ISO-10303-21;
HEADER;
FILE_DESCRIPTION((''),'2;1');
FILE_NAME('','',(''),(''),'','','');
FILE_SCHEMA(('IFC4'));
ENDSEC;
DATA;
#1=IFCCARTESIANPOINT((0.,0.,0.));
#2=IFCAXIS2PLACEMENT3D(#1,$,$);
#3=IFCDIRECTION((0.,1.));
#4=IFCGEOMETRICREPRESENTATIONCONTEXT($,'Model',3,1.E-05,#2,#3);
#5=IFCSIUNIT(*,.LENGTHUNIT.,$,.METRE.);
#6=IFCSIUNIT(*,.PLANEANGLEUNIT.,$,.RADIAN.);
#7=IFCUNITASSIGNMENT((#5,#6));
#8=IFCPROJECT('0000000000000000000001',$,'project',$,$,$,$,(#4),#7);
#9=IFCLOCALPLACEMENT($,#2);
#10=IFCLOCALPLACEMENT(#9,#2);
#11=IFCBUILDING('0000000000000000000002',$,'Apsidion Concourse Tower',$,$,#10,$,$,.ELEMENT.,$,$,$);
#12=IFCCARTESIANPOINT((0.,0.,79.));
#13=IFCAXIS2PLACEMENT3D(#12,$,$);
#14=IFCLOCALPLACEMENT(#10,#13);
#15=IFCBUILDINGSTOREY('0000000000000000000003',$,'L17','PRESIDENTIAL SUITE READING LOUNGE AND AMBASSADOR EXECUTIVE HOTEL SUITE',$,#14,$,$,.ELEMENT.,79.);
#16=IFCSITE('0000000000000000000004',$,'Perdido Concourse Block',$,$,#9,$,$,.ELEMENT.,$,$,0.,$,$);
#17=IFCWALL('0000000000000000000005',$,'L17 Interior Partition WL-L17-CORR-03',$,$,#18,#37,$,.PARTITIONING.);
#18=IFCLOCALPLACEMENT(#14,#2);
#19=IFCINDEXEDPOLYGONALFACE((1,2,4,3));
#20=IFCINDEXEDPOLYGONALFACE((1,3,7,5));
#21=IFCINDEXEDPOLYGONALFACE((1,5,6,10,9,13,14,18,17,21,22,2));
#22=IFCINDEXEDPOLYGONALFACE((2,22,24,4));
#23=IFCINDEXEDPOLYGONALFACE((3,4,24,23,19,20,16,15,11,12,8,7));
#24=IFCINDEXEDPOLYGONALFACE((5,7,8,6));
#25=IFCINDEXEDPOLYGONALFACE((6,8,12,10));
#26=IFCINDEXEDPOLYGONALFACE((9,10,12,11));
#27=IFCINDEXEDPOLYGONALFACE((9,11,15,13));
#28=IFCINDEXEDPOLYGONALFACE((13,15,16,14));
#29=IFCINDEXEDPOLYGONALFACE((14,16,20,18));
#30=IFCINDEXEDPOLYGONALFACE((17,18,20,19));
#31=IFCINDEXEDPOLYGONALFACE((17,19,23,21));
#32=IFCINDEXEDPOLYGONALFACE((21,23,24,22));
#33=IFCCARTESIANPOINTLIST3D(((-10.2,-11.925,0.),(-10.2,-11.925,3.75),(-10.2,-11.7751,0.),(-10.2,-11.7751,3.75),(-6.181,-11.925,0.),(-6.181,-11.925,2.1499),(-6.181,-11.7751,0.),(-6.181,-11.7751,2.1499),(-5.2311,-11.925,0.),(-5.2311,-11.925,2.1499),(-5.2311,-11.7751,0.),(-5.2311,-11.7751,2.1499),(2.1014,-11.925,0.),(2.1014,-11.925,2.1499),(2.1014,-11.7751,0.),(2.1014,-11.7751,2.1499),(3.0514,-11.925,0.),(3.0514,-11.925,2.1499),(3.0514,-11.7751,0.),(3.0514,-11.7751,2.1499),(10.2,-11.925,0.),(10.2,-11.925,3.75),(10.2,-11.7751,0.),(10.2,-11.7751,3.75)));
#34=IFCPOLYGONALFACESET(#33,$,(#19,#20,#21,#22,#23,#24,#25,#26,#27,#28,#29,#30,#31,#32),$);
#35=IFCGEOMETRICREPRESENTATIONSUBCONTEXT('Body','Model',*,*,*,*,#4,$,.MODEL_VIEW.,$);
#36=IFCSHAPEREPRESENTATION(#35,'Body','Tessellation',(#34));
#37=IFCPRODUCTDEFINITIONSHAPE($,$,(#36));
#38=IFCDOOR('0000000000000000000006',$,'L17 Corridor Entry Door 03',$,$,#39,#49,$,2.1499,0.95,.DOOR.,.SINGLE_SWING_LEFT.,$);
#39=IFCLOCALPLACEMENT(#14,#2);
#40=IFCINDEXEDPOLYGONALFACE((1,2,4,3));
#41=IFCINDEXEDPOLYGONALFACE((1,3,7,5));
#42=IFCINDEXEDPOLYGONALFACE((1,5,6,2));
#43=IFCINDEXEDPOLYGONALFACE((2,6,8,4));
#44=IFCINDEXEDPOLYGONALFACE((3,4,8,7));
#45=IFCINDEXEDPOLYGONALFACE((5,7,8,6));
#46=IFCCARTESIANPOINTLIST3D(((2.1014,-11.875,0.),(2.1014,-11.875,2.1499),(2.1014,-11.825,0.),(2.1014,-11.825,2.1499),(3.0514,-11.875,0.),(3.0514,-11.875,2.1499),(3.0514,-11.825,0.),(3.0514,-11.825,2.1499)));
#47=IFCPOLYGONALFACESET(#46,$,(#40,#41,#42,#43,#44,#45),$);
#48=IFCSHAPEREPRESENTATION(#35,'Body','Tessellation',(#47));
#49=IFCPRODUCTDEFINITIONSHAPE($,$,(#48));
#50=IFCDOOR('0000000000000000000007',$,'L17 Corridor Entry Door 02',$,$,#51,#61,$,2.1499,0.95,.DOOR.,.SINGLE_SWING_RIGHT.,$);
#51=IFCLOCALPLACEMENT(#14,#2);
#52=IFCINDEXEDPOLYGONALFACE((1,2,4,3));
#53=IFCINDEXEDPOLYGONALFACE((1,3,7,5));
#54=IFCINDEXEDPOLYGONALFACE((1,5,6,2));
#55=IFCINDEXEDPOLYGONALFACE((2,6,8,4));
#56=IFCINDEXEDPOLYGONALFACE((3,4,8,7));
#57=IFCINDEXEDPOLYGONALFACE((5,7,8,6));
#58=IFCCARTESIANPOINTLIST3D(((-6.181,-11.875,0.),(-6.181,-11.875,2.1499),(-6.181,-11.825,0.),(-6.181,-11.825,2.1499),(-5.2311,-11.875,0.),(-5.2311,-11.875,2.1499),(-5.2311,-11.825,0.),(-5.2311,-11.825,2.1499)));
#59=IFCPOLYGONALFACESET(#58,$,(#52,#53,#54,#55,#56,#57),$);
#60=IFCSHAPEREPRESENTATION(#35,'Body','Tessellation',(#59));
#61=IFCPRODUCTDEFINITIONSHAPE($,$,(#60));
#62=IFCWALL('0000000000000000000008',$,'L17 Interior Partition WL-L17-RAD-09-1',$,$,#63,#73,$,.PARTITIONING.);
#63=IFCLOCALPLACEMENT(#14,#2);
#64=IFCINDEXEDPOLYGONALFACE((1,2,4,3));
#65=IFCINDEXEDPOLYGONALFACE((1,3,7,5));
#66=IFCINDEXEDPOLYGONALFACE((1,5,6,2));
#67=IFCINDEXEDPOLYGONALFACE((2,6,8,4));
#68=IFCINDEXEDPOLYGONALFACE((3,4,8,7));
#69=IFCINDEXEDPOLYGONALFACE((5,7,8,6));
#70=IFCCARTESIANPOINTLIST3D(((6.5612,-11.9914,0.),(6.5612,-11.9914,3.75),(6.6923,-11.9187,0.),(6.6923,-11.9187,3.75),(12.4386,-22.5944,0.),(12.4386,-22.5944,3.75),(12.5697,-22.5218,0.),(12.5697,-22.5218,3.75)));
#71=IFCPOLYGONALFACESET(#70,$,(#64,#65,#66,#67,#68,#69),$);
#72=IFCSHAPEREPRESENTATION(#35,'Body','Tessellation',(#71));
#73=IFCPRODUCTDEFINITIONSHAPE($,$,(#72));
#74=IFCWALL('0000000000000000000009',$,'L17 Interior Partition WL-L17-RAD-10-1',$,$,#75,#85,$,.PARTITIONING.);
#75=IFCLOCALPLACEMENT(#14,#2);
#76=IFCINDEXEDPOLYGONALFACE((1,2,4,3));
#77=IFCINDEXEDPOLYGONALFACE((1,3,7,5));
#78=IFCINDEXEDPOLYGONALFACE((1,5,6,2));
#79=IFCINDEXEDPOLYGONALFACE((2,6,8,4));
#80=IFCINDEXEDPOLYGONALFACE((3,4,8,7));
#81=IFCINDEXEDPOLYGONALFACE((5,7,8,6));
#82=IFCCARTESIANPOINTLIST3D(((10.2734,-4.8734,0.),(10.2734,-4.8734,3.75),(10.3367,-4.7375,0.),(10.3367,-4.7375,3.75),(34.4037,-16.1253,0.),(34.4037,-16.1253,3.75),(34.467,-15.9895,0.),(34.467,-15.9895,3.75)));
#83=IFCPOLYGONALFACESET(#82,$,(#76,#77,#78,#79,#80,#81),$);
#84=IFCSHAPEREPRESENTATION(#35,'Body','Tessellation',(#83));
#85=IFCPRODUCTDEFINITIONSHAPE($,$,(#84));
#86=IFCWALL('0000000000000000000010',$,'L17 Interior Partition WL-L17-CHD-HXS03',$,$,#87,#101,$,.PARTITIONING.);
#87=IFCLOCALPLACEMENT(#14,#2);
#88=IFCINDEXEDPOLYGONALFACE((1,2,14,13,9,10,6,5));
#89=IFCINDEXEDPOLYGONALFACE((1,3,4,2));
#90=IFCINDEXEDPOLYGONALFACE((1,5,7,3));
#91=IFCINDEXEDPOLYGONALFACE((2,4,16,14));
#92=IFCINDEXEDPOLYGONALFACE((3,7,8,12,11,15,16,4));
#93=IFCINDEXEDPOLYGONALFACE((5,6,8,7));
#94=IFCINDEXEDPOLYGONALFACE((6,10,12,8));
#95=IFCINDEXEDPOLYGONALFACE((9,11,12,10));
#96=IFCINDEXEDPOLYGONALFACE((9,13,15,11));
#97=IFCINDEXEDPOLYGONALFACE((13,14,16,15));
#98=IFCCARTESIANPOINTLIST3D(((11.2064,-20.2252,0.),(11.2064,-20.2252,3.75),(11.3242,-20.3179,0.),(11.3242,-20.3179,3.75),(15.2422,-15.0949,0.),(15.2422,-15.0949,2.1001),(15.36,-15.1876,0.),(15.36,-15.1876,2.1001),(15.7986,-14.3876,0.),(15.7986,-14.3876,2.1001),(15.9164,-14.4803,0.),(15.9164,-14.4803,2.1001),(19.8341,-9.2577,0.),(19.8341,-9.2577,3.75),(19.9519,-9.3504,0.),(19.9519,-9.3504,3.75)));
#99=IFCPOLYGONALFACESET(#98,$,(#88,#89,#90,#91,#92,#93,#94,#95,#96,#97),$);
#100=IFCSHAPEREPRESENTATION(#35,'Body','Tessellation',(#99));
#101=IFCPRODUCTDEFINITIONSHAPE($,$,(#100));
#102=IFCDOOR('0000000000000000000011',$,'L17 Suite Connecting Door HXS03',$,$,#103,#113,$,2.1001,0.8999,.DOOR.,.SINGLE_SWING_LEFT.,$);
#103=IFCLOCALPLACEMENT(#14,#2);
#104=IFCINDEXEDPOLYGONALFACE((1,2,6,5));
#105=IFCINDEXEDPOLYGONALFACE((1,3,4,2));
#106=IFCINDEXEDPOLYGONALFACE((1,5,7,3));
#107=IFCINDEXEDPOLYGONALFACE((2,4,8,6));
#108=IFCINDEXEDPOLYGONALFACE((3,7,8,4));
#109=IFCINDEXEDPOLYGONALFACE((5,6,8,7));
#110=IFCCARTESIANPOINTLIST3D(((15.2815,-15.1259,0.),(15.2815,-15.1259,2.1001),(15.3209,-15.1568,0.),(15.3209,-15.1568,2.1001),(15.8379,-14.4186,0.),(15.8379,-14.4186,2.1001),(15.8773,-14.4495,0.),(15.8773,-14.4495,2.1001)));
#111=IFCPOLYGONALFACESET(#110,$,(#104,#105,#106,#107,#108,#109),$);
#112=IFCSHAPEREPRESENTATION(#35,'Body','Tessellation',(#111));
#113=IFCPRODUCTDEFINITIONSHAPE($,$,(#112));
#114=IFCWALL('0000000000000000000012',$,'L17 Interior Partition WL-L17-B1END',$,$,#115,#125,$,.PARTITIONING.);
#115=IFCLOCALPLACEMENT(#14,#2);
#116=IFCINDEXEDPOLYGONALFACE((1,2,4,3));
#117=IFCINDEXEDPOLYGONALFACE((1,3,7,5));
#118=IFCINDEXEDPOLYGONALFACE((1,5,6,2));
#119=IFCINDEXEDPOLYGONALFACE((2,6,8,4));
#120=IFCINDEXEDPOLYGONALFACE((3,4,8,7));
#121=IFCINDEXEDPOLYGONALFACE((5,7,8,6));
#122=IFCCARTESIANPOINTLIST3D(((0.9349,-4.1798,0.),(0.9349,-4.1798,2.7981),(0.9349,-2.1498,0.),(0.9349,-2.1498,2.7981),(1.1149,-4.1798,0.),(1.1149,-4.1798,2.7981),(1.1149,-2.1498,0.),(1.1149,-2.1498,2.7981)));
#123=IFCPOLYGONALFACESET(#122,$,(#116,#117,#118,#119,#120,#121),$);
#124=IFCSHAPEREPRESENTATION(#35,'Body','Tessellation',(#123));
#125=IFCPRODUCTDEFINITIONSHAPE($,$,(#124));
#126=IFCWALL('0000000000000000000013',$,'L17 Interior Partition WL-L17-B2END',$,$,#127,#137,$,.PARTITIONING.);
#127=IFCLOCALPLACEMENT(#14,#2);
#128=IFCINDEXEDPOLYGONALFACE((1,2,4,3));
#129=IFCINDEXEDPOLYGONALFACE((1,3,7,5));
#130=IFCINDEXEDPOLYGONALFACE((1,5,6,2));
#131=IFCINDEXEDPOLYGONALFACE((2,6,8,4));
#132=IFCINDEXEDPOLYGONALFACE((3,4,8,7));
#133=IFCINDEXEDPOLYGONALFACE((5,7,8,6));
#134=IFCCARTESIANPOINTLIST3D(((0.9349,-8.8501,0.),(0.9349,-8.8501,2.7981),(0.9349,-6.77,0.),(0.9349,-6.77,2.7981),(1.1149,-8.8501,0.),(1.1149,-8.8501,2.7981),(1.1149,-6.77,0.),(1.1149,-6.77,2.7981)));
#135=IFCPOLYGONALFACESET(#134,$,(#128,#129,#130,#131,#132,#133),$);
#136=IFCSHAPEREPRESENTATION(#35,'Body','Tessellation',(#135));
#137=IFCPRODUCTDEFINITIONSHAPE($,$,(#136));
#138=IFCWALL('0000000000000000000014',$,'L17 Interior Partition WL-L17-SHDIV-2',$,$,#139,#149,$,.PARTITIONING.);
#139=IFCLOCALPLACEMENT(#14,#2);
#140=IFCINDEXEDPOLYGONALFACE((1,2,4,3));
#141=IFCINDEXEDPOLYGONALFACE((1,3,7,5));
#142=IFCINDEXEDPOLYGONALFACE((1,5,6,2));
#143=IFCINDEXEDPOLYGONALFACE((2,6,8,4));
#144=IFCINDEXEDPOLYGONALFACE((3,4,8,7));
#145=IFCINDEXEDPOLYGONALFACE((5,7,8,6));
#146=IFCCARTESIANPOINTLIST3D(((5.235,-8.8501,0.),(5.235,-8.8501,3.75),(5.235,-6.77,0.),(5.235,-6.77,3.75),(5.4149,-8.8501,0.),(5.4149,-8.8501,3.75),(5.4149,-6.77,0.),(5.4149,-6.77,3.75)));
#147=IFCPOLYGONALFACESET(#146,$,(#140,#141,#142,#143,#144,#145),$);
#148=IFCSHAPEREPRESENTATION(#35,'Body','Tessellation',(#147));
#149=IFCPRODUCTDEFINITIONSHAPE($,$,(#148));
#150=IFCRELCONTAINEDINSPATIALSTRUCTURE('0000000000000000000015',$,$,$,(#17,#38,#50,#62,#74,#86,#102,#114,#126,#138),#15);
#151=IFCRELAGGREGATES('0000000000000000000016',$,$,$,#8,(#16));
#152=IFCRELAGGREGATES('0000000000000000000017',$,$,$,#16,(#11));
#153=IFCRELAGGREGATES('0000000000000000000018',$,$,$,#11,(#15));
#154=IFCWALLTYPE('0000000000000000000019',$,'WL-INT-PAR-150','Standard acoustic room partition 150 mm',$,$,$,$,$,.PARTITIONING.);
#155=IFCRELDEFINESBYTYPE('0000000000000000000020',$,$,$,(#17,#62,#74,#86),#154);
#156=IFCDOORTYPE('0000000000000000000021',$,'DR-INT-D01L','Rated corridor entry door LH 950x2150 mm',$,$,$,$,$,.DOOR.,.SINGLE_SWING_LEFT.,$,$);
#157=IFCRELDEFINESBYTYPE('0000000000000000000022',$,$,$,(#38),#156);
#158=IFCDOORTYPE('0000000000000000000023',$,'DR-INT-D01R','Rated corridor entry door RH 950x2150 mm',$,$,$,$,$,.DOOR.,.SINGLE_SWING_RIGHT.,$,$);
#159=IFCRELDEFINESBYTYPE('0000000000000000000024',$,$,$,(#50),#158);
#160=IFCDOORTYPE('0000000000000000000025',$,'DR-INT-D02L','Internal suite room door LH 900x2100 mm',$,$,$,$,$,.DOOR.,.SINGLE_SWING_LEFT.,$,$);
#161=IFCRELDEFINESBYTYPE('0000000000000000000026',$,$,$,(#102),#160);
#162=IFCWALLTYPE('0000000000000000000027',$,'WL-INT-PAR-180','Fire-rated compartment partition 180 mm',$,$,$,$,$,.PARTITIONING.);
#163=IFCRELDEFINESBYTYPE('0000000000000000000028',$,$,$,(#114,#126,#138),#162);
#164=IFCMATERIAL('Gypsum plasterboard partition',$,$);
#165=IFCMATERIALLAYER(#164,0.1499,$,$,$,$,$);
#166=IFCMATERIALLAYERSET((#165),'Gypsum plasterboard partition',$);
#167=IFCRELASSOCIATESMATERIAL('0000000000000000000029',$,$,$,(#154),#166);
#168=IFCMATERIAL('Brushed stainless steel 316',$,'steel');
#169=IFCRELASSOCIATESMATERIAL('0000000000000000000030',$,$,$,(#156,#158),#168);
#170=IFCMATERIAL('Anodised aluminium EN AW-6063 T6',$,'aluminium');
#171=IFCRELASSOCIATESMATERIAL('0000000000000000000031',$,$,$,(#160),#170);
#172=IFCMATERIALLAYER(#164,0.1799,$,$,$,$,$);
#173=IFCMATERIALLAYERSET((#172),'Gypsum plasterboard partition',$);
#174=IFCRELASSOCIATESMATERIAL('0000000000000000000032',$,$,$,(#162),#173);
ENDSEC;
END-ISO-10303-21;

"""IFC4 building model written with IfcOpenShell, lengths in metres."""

from ifc_helpers import new_model, si_unit, direction, frame, frame_2d, origin, place, context, subcontext, project, spatial, rectangle, extrude, material, layer, layer_set, type_object, element, fill, save


model = new_model("IFC4")

# Units and contexts
model_context = context("Model", 3, precision=1e-05, world=origin(), true_north=direction((0.0, 1.0)))
body_context = subcontext(model_context, "Body", "Model", "MODEL_VIEW")
ifc_project = project(units=[si_unit("LENGTHUNIT", "METRE"), si_unit("PLANEANGLEUNIT", "RADIAN")], contexts=[model_context])

# Site, building, storey
site_placement = place(None, origin())
site = spatial("IfcSite", under=ifc_project, at=site_placement, Name="Perdido Concourse Block", CompositionType="ELEMENT", RefElevation=0.0)
building_placement = place(site_placement, origin())
building = spatial("IfcBuilding", under=site, at=building_placement, Name="Apsidion Concourse Tower", CompositionType="ELEMENT")
storey_placement = place(building_placement, frame((0.0, 0.0, 79.0)))
storey = spatial("IfcBuildingStorey", under=building, at=storey_placement, Name="L17", Description="PRESIDENTIAL SUITE READING LOUNGE AND AMBASSADOR EXECUTIVE HOTEL SUITE", CompositionType="ELEMENT", Elevation=79.0)

# Shared definitions
ifc_material_1 = material(Name="Anodised aluminium EN AW-6063 T6", Category="aluminium")

# Shared definitions
ifc_material_2 = material(Name="Gypsum plasterboard partition")
ifc_layer_1 = layer(ifc_material_2, 0.1499)
ifc_layer_set_1 = layer_set([ifc_layer_1], Name="Gypsum plasterboard partition")
wall_type_1 = type_object("IfcWallType", Name="WL-INT-PAR-150", Description="Standard acoustic room partition 150 mm", PredefinedType="PARTITIONING", material=ifc_layer_set_1)

# Wall, openings, doors
wall_1_placement = place(storey_placement, frame((10.2, -11.8501, 0.0), z_axis=(0.0, 0.0, 1.0), x_axis=(-1.0, 0.0, 0.0)))
wall_1 = element("IfcWall", 1, at=wall_1_placement, inside=storey, type_object=wall_type_1, Name="L17 Interior Partition WL-L17-CORR-03", PredefinedType="PARTITIONING", context=body_context, shape_type="SweptSolid", body=[
    extrude(rectangle(XDim=20.3999, YDim=0.1499, at=frame_2d((10.2, 0.0))), origin(), (0.0, 0.0, 1.0), 3.75),
])
opening_1_placement = place(wall_1_placement, frame((15.4309, 0.0, 0.0)))
opening_1 = element("IfcOpeningElement", 2, at=opening_1_placement, cuts=wall_1, PredefinedType="OPENING", context=body_context, shape_type="SweptSolid", body=[
    extrude(rectangle(XDim=0.95, YDim=2.1499, at=frame_2d((0.4751, 1.075))), frame((0.0, 0.085, 0.0), z_axis=(0.0, -1.0, 0.0), x_axis=(1.0, 0.0, 0.0)), (0.0, 0.0, 1.0), 0.1699),
])
opening_2_placement = place(wall_1_placement, frame((7.1484, 0.0, 0.0)))
opening_2 = element("IfcOpeningElement", 3, at=opening_2_placement, cuts=wall_1, PredefinedType="OPENING", context=body_context, shape_type="SweptSolid", body=[
    extrude(rectangle(XDim=0.95, YDim=2.1499, at=frame_2d((0.4751, 1.075))), frame((0.0, 0.085, 0.0), z_axis=(0.0, -1.0, 0.0), x_axis=(1.0, 0.0, 0.0)), (0.0, 0.0, 1.0), 0.1699),
])
ifc_material_3 = material(Name="Brushed stainless steel 316", Category="steel")
door_type_1 = type_object("IfcDoorType", Name="DR-INT-D01L", Description="Rated corridor entry door LH 950x2150 mm", OperationType="SINGLE_SWING_LEFT", PredefinedType="DOOR", material=ifc_material_3)
door_1_placement = place(opening_2_placement, origin())
door_1 = element("IfcDoor", 4, at=door_1_placement, inside=storey, type_object=door_type_1, Name="L17 Corridor Entry Door 03", OperationType="SINGLE_SWING_LEFT", OverallHeight=2.1499, OverallWidth=0.95, PredefinedType="DOOR", context=body_context, shape_type="SweptSolid", body=[
    extrude(rectangle(XDim=0.95, YDim=2.1499, at=frame_2d((0.4751, 1.075))), frame((0.0, 0.0249, 0.0), z_axis=(0.0, -1.0, 0.0), x_axis=(1.0, 0.0, 0.0)), (0.0, 0.0, 1.0), 0.05),
])
fill(opening_2, door_1)
door_type_2 = type_object("IfcDoorType", Name="DR-INT-D01R", Description="Rated corridor entry door RH 950x2150 mm", OperationType="SINGLE_SWING_RIGHT", PredefinedType="DOOR", material=ifc_material_3)
door_2_placement = place(opening_1_placement, origin())
door_2 = element("IfcDoor", 5, at=door_2_placement, inside=storey, type_object=door_type_2, Name="L17 Corridor Entry Door 02", OperationType="SINGLE_SWING_RIGHT", OverallHeight=2.1499, OverallWidth=0.95, PredefinedType="DOOR", context=body_context, shape_type="SweptSolid", body=[
    extrude(rectangle(XDim=0.95, YDim=2.1499, at=frame_2d((0.4751, 1.075))), frame((0.0, 0.0249, 0.0), z_axis=(0.0, -1.0, 0.0), x_axis=(1.0, 0.0, 0.0)), (0.0, 0.0, 1.0), 0.05),
])
fill(opening_1, door_2)

# Walls
wall_2_placement = place(storey_placement, frame((6.6267, -11.9551, 0.0), z_axis=(0.0, 0.0, 1.0), x_axis=(0.484815, -0.874617, 0.0)))
element("IfcWall", 6, at=wall_2_placement, inside=storey, type_object=wall_type_1, Name="L17 Interior Partition WL-L17-RAD-09-1", PredefinedType="PARTITIONING", context=body_context, shape_type="SweptSolid", body=[
    extrude(rectangle(XDim=12.123, YDim=0.1499, at=frame_2d((6.0615, 0.0))), origin(), (0.0, 0.0, 1.0), 3.75),
])
wall_3_placement = place(storey_placement, frame((10.3049, -4.8054, 0.0), z_axis=(0.0, 0.0, 1.0), x_axis=(0.906311, -0.422611, 0.0)))
element("IfcWall", 7, at=wall_3_placement, inside=storey, type_object=wall_type_1, Name="L17 Interior Partition WL-L17-RAD-10-1", PredefinedType="PARTITIONING", context=body_context, shape_type="SweptSolid", body=[
    extrude(rectangle(XDim=26.6248, YDim=0.1499, at=frame_2d((13.3125, 0.0))), origin(), (0.0, 0.0, 1.0), 3.75),
])

# Wall, opening, door
wall_4_placement = place(storey_placement, frame((11.2654, -20.2715, 0.0), z_axis=(0.0, 0.0, 1.0), x_axis=(0.61828, 0.785958, 0.0)))
wall_4 = element("IfcWall", 8, at=wall_4_placement, inside=storey, type_object=wall_type_1, Name="L17 Interior Partition WL-L17-CHD-HXS03", PredefinedType="PARTITIONING", context=body_context, shape_type="SweptSolid", body=[
    extrude(rectangle(XDim=13.9543, YDim=0.1499, at=frame_2d((6.9771, 0.0))), origin(), (0.0, 0.0, 1.0), 3.75),
])
opening_3_placement = place(wall_4_placement, frame((6.5273, 0.0, 0.0)))
opening_3 = element("IfcOpeningElement", 9, at=opening_3_placement, cuts=wall_4, PredefinedType="OPENING", context=body_context, shape_type="SweptSolid", body=[
    extrude(rectangle(XDim=0.8999, YDim=2.1001, at=frame_2d((0.45, 1.05))), frame((0.0, 0.085, 0.0), z_axis=(0.0, -1.0, 0.0), x_axis=(1.0, 0.0, 0.0)), (0.0, 0.0, 1.0), 0.1699),
])
door_type_3 = type_object("IfcDoorType", Name="DR-INT-D02L", Description="Internal suite room door LH 900x2100 mm", OperationType="SINGLE_SWING_LEFT", PredefinedType="DOOR", material=ifc_material_1)
door_3_placement = place(opening_3_placement, origin())
door_3 = element("IfcDoor", 10, at=door_3_placement, inside=storey, type_object=door_type_3, Name="L17 Suite Connecting Door HXS03", OperationType="SINGLE_SWING_LEFT", OverallHeight=2.1001, OverallWidth=0.8999, PredefinedType="DOOR", context=body_context, shape_type="SweptSolid", body=[
    extrude(rectangle(XDim=0.8999, YDim=2.1001, at=frame_2d((0.45, 1.05))), frame((0.0, 0.0249, 0.0), z_axis=(0.0, -1.0, 0.0), x_axis=(1.0, 0.0, 0.0)), (0.0, 0.0, 1.0), 0.05),
])
fill(opening_3, door_3)

# Walls
ifc_layer_2 = layer(ifc_material_2, 0.1799)
ifc_layer_set_2 = layer_set([ifc_layer_2], Name="Gypsum plasterboard partition")
wall_type_2 = type_object("IfcWallType", Name="WL-INT-PAR-180", Description="Fire-rated compartment partition 180 mm", PredefinedType="PARTITIONING", material=ifc_layer_set_2)
wall_5_placement = place(storey_placement, frame((1.0249, -4.1799, 0.0), z_axis=(0.0, 0.0, 1.0), x_axis=(0.0, 1.0, 0.0)))
element("IfcWall", 11, at=wall_5_placement, inside=storey, type_object=wall_type_2, Name="L17 Interior Partition WL-L17-B1END", PredefinedType="PARTITIONING", context=body_context, shape_type="SweptSolid", body=[
    extrude(rectangle(XDim=2.03, YDim=0.1799, at=frame_2d((1.0151, 0.0))), origin(), (0.0, 0.0, 1.0), 2.7981),
])
wall_6_placement = place(storey_placement, frame((1.0249, -8.8501, 0.0), z_axis=(0.0, 0.0, 1.0), x_axis=(0.0, 1.0, 0.0)))
element("IfcWall", 12, at=wall_6_placement, inside=storey, type_object=wall_type_2, Name="L17 Interior Partition WL-L17-B2END", PredefinedType="PARTITIONING", context=body_context, shape_type="SweptSolid", body=[
    extrude(rectangle(XDim=2.0801, YDim=0.1799, at=frame_2d((1.04, 0.0))), origin(), (0.0, 0.0, 1.0), 2.7981),
])
wall_7_placement = place(storey_placement, frame((5.325, -8.8501, 0.0), z_axis=(0.0, 0.0, 1.0), x_axis=(0.0, 1.0, 0.0)))
element("IfcWall", 13, at=wall_7_placement, inside=storey, type_object=wall_type_2, Name="L17 Interior Partition WL-L17-SHDIV-2", PredefinedType="PARTITIONING", context=body_context, shape_type="SweptSolid", body=[
    extrude(rectangle(XDim=2.0801, YDim=0.1799, at=frame_2d((1.04, 0.0))), origin(), (0.0, 0.0, 1.0), 3.75),
])

save(model, "model.ifc")
